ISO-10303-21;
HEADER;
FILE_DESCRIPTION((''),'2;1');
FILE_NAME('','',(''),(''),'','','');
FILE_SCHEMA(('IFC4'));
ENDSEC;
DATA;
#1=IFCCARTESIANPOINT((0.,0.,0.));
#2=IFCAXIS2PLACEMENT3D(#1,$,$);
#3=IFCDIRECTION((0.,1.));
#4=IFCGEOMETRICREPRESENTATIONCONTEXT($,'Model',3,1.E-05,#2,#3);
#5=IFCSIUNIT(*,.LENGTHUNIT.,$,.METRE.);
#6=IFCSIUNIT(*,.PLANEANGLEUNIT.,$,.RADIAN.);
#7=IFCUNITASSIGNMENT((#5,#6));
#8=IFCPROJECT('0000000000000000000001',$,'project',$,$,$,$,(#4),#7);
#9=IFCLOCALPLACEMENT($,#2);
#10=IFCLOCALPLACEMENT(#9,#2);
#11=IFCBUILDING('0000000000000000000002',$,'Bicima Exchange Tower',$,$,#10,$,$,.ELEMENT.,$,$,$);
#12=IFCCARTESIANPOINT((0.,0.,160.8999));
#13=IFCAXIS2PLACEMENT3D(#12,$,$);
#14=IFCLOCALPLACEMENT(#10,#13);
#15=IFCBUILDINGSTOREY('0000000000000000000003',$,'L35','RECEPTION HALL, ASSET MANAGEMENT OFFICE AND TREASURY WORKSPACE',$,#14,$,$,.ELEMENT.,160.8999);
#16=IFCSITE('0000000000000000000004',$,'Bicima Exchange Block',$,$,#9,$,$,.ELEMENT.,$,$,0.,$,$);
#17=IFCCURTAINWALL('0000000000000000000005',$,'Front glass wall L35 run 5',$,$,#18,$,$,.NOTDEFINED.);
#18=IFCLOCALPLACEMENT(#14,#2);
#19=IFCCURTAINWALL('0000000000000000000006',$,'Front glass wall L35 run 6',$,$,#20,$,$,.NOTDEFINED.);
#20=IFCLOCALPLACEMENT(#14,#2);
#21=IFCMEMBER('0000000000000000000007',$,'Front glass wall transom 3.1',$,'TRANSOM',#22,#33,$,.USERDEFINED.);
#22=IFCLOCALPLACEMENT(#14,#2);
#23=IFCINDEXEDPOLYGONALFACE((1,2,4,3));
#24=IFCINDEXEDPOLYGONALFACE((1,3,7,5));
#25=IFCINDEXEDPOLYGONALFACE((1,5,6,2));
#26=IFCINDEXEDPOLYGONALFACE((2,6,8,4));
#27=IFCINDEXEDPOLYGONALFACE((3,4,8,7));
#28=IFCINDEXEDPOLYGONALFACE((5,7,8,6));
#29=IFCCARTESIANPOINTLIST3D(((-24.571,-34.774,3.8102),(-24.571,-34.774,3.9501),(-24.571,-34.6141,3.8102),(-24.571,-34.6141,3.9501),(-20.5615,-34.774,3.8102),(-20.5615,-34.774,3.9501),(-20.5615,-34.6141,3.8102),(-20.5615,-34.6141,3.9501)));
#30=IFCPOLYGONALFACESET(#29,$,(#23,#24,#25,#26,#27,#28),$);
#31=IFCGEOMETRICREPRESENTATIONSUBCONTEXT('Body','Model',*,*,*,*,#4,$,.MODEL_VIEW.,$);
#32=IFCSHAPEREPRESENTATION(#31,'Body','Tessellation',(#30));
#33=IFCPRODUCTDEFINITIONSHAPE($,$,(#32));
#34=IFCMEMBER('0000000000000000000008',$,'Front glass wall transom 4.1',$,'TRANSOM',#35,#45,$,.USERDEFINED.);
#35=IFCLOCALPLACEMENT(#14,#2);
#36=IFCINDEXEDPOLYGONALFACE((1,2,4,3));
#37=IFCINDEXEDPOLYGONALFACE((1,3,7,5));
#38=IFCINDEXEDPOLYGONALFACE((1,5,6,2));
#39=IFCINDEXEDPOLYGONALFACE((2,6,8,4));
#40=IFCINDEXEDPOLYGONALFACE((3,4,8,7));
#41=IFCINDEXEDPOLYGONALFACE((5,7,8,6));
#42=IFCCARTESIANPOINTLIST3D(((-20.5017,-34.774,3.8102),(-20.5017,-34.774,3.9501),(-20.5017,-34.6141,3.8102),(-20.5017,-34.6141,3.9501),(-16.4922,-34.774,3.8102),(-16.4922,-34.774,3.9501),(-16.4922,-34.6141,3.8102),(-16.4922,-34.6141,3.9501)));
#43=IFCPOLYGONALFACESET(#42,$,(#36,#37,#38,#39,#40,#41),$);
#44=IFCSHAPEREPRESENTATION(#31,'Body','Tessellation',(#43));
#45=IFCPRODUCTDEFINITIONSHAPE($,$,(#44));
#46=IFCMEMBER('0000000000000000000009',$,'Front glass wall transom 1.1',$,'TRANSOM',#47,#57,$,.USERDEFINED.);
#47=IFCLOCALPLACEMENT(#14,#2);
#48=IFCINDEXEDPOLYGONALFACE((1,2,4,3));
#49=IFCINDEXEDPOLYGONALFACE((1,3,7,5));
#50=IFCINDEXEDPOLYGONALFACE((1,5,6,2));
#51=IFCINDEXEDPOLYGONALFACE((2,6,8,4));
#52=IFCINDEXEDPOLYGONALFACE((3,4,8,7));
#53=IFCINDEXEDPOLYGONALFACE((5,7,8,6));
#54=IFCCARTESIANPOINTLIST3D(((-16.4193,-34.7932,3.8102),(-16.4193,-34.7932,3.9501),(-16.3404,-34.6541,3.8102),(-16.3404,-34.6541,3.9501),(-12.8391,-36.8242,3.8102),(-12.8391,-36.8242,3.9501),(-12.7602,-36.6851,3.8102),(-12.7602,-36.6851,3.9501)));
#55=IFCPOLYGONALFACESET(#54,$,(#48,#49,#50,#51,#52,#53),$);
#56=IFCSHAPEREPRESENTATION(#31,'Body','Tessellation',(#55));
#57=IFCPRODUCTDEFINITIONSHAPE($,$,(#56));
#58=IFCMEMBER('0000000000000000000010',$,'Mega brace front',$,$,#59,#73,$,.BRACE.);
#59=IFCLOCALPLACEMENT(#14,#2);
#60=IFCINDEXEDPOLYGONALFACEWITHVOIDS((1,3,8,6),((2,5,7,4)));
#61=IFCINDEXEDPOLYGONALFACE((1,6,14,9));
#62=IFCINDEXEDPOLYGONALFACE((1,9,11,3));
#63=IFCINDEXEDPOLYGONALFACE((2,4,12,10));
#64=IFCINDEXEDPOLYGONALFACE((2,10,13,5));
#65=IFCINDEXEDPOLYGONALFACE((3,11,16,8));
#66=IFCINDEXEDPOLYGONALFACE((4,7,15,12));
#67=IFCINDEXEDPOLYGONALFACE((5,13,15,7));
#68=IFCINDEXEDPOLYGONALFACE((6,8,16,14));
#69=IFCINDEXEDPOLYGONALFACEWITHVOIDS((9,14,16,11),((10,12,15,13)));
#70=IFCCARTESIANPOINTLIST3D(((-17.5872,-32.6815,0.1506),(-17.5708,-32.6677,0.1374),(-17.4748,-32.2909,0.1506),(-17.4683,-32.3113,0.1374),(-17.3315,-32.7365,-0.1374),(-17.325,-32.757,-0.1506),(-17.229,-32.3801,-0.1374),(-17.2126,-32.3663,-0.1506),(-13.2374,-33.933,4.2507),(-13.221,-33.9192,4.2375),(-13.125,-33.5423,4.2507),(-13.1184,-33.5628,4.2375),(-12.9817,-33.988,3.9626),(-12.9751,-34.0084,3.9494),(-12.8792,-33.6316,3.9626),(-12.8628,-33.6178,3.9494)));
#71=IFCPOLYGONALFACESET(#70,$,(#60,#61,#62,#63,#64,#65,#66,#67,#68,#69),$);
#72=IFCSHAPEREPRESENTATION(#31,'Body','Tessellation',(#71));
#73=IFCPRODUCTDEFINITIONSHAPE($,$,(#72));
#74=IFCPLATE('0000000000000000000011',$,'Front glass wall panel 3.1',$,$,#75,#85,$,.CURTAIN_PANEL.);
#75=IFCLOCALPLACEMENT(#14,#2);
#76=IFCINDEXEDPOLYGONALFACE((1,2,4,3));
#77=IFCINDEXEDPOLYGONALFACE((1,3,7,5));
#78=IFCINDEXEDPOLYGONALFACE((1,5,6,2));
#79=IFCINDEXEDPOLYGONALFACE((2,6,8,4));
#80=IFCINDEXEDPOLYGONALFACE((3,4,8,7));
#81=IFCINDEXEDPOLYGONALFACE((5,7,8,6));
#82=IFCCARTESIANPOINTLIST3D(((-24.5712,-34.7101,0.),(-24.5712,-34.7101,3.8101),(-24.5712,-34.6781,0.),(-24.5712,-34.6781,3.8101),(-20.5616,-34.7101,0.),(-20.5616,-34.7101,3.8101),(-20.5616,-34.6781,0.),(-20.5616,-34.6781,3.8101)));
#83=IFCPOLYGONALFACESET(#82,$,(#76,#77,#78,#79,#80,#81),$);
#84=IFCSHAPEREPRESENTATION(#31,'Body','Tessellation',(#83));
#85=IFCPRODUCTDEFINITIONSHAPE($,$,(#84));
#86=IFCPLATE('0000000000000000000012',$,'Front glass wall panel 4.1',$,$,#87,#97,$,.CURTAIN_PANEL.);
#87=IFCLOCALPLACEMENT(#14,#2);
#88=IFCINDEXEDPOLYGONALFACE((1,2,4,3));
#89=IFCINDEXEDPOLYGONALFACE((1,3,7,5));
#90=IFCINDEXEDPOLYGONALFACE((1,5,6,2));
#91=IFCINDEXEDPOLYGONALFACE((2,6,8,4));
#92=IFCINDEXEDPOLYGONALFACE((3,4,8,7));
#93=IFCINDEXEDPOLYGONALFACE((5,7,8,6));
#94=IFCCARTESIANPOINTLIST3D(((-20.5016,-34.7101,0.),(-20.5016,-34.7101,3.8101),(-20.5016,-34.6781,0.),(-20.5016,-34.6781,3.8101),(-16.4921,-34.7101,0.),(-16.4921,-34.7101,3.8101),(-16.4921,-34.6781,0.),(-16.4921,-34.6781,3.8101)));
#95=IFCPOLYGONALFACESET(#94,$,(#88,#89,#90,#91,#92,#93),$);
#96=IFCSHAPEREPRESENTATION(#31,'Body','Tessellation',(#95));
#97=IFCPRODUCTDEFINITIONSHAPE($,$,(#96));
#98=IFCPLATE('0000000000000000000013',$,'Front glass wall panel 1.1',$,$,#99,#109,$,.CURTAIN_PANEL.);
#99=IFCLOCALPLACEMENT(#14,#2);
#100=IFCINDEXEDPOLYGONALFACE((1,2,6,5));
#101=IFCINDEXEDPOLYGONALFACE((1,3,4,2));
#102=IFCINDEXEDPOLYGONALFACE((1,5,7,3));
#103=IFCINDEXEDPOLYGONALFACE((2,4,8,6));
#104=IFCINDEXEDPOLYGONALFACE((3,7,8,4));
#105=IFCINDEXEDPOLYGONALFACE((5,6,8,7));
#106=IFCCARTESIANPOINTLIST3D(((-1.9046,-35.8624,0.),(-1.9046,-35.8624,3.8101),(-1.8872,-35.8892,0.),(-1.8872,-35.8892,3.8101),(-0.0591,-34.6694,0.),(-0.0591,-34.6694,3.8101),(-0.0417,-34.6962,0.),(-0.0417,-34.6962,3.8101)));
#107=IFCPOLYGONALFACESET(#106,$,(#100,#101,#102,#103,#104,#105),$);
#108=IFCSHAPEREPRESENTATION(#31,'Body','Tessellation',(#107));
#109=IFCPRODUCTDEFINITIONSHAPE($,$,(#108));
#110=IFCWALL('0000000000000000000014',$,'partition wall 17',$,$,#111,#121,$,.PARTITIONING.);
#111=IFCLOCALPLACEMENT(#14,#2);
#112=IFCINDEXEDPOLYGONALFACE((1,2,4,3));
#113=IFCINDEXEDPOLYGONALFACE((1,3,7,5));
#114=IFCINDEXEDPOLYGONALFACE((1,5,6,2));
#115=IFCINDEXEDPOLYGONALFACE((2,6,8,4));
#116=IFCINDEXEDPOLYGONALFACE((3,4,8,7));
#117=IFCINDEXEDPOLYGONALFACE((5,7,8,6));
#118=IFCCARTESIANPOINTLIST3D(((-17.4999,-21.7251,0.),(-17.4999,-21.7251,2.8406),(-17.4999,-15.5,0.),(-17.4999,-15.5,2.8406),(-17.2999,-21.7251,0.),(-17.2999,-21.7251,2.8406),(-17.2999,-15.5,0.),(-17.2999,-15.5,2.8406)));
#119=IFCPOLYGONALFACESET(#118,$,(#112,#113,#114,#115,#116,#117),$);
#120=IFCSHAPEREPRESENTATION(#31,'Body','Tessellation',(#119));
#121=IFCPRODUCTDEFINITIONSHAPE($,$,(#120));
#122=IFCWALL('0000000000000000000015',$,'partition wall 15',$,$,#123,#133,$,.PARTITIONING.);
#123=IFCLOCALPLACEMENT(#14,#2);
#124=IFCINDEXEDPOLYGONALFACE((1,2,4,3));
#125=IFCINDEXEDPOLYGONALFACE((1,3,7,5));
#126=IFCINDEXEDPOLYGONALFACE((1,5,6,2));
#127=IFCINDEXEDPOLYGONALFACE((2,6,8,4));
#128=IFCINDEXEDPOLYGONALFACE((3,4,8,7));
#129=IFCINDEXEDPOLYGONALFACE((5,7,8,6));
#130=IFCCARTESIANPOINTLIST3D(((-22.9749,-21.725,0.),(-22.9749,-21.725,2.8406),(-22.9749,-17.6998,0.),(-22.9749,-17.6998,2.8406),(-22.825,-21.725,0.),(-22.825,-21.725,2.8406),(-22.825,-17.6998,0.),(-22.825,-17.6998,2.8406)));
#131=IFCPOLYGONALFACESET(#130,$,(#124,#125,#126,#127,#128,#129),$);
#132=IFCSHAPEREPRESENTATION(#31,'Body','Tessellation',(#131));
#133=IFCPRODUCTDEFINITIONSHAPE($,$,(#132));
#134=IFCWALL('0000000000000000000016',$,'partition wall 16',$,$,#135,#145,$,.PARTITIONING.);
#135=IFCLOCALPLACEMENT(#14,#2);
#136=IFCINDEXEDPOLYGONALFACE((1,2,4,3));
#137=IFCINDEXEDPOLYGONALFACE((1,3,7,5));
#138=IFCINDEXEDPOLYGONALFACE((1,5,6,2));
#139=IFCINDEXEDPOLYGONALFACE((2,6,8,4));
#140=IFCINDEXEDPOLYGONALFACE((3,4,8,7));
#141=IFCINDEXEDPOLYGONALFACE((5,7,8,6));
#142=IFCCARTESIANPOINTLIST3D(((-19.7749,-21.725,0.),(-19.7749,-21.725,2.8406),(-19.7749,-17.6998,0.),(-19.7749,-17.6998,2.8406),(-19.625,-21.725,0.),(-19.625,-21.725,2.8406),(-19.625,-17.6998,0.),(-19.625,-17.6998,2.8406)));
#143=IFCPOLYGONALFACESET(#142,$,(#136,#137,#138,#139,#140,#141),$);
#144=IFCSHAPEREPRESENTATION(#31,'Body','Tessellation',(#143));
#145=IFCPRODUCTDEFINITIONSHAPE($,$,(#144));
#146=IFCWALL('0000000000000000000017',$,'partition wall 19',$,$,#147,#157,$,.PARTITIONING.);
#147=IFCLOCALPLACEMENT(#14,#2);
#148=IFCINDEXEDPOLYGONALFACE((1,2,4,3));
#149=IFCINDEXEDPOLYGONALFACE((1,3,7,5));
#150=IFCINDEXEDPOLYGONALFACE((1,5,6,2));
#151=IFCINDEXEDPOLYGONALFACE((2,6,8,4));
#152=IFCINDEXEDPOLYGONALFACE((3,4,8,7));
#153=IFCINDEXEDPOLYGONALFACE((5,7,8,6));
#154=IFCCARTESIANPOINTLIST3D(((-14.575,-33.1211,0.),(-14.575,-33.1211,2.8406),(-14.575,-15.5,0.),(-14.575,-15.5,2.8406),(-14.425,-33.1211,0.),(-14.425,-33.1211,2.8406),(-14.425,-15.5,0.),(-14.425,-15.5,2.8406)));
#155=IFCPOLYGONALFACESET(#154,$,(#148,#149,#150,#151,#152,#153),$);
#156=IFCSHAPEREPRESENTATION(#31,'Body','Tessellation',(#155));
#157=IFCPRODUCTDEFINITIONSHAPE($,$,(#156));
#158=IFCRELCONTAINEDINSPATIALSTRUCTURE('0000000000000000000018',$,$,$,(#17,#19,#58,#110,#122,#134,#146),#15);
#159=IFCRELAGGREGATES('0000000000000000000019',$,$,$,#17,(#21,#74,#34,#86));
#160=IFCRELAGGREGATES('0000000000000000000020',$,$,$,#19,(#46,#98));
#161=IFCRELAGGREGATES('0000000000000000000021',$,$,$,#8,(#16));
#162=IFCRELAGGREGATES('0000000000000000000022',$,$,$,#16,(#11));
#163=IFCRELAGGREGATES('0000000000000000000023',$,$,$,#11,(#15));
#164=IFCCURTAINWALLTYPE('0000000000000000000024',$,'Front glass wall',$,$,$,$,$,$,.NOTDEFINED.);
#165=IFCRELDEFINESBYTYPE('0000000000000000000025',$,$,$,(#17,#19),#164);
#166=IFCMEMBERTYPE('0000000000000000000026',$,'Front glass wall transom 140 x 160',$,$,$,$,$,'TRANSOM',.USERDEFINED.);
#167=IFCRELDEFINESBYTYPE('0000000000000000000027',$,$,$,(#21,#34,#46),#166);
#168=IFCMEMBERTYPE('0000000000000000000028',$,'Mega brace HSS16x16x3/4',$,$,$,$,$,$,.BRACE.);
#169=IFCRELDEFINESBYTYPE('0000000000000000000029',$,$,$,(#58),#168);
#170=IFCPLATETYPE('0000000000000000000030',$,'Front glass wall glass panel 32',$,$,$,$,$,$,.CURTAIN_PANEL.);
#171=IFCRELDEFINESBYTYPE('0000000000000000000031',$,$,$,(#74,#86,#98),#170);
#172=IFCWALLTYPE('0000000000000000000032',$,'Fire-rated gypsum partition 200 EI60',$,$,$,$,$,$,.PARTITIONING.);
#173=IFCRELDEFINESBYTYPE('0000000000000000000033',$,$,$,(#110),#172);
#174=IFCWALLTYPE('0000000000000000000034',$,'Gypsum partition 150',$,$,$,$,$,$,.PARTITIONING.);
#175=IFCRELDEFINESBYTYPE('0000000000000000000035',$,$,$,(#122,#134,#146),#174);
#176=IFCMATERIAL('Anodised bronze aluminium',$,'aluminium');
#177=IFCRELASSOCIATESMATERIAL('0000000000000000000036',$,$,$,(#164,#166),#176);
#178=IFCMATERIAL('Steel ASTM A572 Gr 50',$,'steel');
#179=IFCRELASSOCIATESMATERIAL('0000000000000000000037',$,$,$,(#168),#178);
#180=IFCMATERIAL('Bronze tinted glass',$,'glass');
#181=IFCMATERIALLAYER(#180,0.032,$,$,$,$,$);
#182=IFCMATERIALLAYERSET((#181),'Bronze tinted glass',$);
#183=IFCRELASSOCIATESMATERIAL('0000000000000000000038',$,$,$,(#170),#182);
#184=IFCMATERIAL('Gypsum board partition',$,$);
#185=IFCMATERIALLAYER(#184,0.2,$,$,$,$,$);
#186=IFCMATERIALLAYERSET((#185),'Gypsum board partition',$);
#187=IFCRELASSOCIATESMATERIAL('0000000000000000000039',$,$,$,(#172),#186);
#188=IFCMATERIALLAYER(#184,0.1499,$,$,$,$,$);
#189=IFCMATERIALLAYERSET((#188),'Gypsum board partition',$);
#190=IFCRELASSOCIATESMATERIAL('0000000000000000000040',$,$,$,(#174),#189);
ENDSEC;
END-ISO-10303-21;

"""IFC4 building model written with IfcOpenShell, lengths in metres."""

from ifc_helpers import new_model, si_unit, direction, frame, frame_2d, origin, origin_2d, place, context, subcontext, project, spatial, rectangle, hollow_rectangle, extrude, material, layer, layer_set, material_profile, profile_set, type_object, element, aggregate, save


model = new_model("IFC4")

# Units and contexts
model_context = context("Model", 3, precision=1e-05, world=origin(), true_north=direction((0.0, 1.0)))
body_context = subcontext(model_context, "Body", "Model", "MODEL_VIEW")
ifc_project = project(units=[si_unit("LENGTHUNIT", "METRE"), si_unit("PLANEANGLEUNIT", "RADIAN")], contexts=[model_context])

# Site, building, storey
site_placement = place(None, origin())
site = spatial("IfcSite", under=ifc_project, at=site_placement, Name="Bicima Exchange Block", CompositionType="ELEMENT", RefElevation=0.0)
building_placement = place(site_placement, origin())
building = spatial("IfcBuilding", under=site, at=building_placement, Name="Bicima Exchange Tower", CompositionType="ELEMENT")
storey_placement = place(building_placement, frame((0.0, 0.0, 160.8999)))
storey = spatial("IfcBuildingStorey", under=building, at=storey_placement, Name="L35", Description="RECEPTION HALL, ASSET MANAGEMENT OFFICE AND TREASURY WORKSPACE", CompositionType="ELEMENT", Elevation=160.8999)

# Curtain walls
ifc_material_1 = material(Name="Anodised bronze aluminium", Category="aluminium")
curtain_wall_type = type_object("IfcCurtainWallType", Name="Front glass wall", PredefinedType="NOTDEFINED", material=ifc_material_1)
curtain_wall_1_placement = place(storey_placement, origin())
curtain_wall_1 = element("IfcCurtainWall", 1, at=curtain_wall_1_placement, inside=storey, type_object=curtain_wall_type, Name="Front glass wall L35 run 5", PredefinedType="NOTDEFINED")
curtain_wall_2_placement = place(storey_placement, origin())
curtain_wall_2 = element("IfcCurtainWall", 2, at=curtain_wall_2_placement, inside=storey, type_object=curtain_wall_type, Name="Front glass wall L35 run 6", PredefinedType="NOTDEFINED")

# Members
ifc_material_profile_1 = material_profile(ifc_material_1, rectangle(XDim=0.1599, YDim=0.1399, at=origin_2d()))
ifc_profile_set_1 = profile_set([ifc_material_profile_1], Name="Anodised bronze aluminium")
member_type_1 = type_object("IfcMemberType", Name="Front glass wall transom 140 x 160", ElementType="TRANSOM", PredefinedType="USERDEFINED", material=ifc_profile_set_1)
member_1_placement = place(storey_placement, frame((-24.571, -34.6941, 3.8801), z_axis=(1.0, 0.0, 0.0), x_axis=(0.0, 1.0, 0.0)))
member_1 = element("IfcMember", 3, at=member_1_placement, type_object=member_type_1, Name="Front glass wall transom 3.1", ObjectType="TRANSOM", PredefinedType="USERDEFINED", context=body_context, shape_type="SweptSolid", body=[
    extrude(rectangle(XDim=0.1599, YDim=0.1399, at=origin_2d()), origin(), (0.0, 0.0, 1.0), 4.0095),
])
member_2_placement = place(storey_placement, frame((-20.5017, -34.6941, 3.8801), z_axis=(1.0, 0.0, 0.0), x_axis=(0.0, 1.0, 0.0)))
member_2 = element("IfcMember", 4, at=member_2_placement, type_object=member_type_1, Name="Front glass wall transom 4.1", ObjectType="TRANSOM", PredefinedType="USERDEFINED", context=body_context, shape_type="SweptSolid", body=[
    extrude(rectangle(XDim=0.1599, YDim=0.1399, at=origin_2d()), origin(), (0.0, 0.0, 1.0), 4.0095),
])
member_3_placement = place(storey_placement, frame((-16.3799, -34.7236, 3.8801), z_axis=(0.869797, -0.493409, 0.0), x_axis=(0.493409, 0.869797, 0.0)))
member_3 = element("IfcMember", 5, at=member_3_placement, type_object=member_type_1, Name="Front glass wall transom 1.1", ObjectType="TRANSOM", PredefinedType="USERDEFINED", context=body_context, shape_type="SweptSolid", body=[
    extrude(rectangle(XDim=0.1599, YDim=0.1399, at=origin_2d()), origin(), (0.0, 0.0, 1.0), 4.1162),
])
ifc_material_2 = material(Name="Steel ASTM A572 Gr 50", Category="steel")
ifc_material_profile_2 = material_profile(ifc_material_2, hollow_rectangle(XDim=0.4065, YDim=0.4065, WallThickness=0.0178, at=origin_2d()))
ifc_profile_set_2 = profile_set([ifc_material_profile_2], Name="Steel ASTM A572 Gr 50")
member_type_2 = type_object("IfcMemberType", Name="Mega brace HSS16x16x3/4", PredefinedType="BRACE", material=ifc_profile_set_2)
member_4_placement = place(storey_placement, frame((-17.3999, -32.5239, 0.0), z_axis=(0.712247, -0.204915, 0.671352), x_axis=(0.276487, 0.961018, 0.0)))
element("IfcMember", 6, at=member_4_placement, inside=storey, type_object=member_type_2, Name="Mega brace front", PredefinedType="BRACE", context=body_context, shape_type="SweptSolid", body=[
    extrude(hollow_rectangle(XDim=0.4065, YDim=0.4065, WallThickness=0.0178, at=origin_2d()), origin(), (0.0, 0.0, 1.0), 6.1072),
])

# Plates
ifc_material_3 = material(Name="Bronze tinted glass", Category="glass")
ifc_layer_1 = layer(ifc_material_3, 0.032)
ifc_layer_set_1 = layer_set([ifc_layer_1], Name="Bronze tinted glass")
plate_type = type_object("IfcPlateType", Name="Front glass wall glass panel 32", PredefinedType="CURTAIN_PANEL", material=ifc_layer_set_1)
plate_1_placement = place(storey_placement, frame((-22.5664, -34.6941, 0.0), z_axis=(0.0, 0.0, 1.0), x_axis=(1.0, 0.0, 0.0)))
plate_1 = element("IfcPlate", 7, at=plate_1_placement, type_object=plate_type, Name="Front glass wall panel 3.1", PredefinedType="CURTAIN_PANEL", context=body_context, shape_type="SweptSolid", body=[
    extrude(rectangle(XDim=4.0095, YDim=0.032, at=origin_2d()), origin(), (0.0, 0.0, 1.0), 3.8101),
])
plate_2_placement = place(storey_placement, frame((-18.4968, -34.6941, 0.0), z_axis=(0.0, 0.0, 1.0), x_axis=(1.0, 0.0, 0.0)))
plate_2 = element("IfcPlate", 8, at=plate_2_placement, type_object=plate_type, Name="Front glass wall panel 4.1", PredefinedType="CURTAIN_PANEL", context=body_context, shape_type="SweptSolid", body=[
    extrude(rectangle(XDim=4.0095, YDim=0.032, at=origin_2d()), origin(), (0.0, 0.0, 1.0), 3.8101),
])
aggregate(curtain_wall_1, [member_1, plate_1, member_2, plate_2])
plate_3_placement = place(storey_placement, frame((-0.9731, -35.2793, 0.0), z_axis=(0.0, 0.0, 1.0), x_axis=(0.839799, 0.542897, 0.0)))
plate_3 = element("IfcPlate", 9, at=plate_3_placement, type_object=plate_type, Name="Front glass wall panel 1.1", PredefinedType="CURTAIN_PANEL", context=body_context, shape_type="SweptSolid", body=[
    extrude(rectangle(XDim=2.1975, YDim=0.032, at=origin_2d()), origin(), (0.0, 0.0, 1.0), 3.8101),
])
aggregate(curtain_wall_2, [member_3, plate_3])

# Walls
ifc_material_4 = material(Name="Gypsum board partition")
ifc_layer_2 = layer(ifc_material_4, 0.2)
ifc_layer_set_2 = layer_set([ifc_layer_2], Name="Gypsum board partition")
wall_type_1 = type_object("IfcWallType", Name="Fire-rated gypsum partition 200 EI60", PredefinedType="PARTITIONING", material=ifc_layer_set_2)
wall_1_placement = place(storey_placement, frame((-17.3999, -21.7251, 0.0), z_axis=(0.0, 0.0, 1.0), x_axis=(0.0, 1.0, 0.0)))
element("IfcWall", 10, at=wall_1_placement, inside=storey, type_object=wall_type_1, Name="partition wall 17", PredefinedType="PARTITIONING", context=body_context, shape_type="SweptSolid", body=[
    extrude(rectangle(XDim=6.2251, YDim=0.2, at=frame_2d((3.1125, 0.0))), origin(), (0.0, 0.0, 1.0), 2.8406),
])
ifc_layer_3 = layer(ifc_material_4, 0.1499)
ifc_layer_set_3 = layer_set([ifc_layer_3], Name="Gypsum board partition")
wall_type_2 = type_object("IfcWallType", Name="Gypsum partition 150", PredefinedType="PARTITIONING", material=ifc_layer_set_3)
for number, where, z_axis, x_axis, name in (
    (11, (-22.8999, -21.7251, 0.0), (0.0, 0.0, 1.0), (0.0, 1.0, 0.0), "partition wall 15"),
    (12, (-19.7, -21.7251, 0.0), (0.0, 0.0, 1.0), (0.0, 1.0, 0.0), "partition wall 16"),
):
    element("IfcWall", number, at=place(storey_placement, frame(where, z_axis=z_axis, x_axis=x_axis)), inside=storey, type_object=wall_type_2, Name=name, PredefinedType="PARTITIONING", context=body_context, shape_type="SweptSolid", body=[
        extrude(rectangle(XDim=4.0251, YDim=0.1499, at=frame_2d((2.0127, 0.0))), origin(), (0.0, 0.0, 1.0), 2.8406),
    ])
wall_2_placement = place(storey_placement, frame((-14.5, -33.1211, 0.0), z_axis=(0.0, 0.0, 1.0), x_axis=(0.0, 1.0, 0.0)))
element("IfcWall", 13, at=wall_2_placement, inside=storey, type_object=wall_type_2, Name="partition wall 19", PredefinedType="PARTITIONING", context=body_context, shape_type="SweptSolid", body=[
    extrude(rectangle(XDim=17.6211, YDim=0.1499, at=frame_2d((8.8105, 0.0))), origin(), (0.0, 0.0, 1.0), 2.8406),
])

save(model, "model.ifc")
